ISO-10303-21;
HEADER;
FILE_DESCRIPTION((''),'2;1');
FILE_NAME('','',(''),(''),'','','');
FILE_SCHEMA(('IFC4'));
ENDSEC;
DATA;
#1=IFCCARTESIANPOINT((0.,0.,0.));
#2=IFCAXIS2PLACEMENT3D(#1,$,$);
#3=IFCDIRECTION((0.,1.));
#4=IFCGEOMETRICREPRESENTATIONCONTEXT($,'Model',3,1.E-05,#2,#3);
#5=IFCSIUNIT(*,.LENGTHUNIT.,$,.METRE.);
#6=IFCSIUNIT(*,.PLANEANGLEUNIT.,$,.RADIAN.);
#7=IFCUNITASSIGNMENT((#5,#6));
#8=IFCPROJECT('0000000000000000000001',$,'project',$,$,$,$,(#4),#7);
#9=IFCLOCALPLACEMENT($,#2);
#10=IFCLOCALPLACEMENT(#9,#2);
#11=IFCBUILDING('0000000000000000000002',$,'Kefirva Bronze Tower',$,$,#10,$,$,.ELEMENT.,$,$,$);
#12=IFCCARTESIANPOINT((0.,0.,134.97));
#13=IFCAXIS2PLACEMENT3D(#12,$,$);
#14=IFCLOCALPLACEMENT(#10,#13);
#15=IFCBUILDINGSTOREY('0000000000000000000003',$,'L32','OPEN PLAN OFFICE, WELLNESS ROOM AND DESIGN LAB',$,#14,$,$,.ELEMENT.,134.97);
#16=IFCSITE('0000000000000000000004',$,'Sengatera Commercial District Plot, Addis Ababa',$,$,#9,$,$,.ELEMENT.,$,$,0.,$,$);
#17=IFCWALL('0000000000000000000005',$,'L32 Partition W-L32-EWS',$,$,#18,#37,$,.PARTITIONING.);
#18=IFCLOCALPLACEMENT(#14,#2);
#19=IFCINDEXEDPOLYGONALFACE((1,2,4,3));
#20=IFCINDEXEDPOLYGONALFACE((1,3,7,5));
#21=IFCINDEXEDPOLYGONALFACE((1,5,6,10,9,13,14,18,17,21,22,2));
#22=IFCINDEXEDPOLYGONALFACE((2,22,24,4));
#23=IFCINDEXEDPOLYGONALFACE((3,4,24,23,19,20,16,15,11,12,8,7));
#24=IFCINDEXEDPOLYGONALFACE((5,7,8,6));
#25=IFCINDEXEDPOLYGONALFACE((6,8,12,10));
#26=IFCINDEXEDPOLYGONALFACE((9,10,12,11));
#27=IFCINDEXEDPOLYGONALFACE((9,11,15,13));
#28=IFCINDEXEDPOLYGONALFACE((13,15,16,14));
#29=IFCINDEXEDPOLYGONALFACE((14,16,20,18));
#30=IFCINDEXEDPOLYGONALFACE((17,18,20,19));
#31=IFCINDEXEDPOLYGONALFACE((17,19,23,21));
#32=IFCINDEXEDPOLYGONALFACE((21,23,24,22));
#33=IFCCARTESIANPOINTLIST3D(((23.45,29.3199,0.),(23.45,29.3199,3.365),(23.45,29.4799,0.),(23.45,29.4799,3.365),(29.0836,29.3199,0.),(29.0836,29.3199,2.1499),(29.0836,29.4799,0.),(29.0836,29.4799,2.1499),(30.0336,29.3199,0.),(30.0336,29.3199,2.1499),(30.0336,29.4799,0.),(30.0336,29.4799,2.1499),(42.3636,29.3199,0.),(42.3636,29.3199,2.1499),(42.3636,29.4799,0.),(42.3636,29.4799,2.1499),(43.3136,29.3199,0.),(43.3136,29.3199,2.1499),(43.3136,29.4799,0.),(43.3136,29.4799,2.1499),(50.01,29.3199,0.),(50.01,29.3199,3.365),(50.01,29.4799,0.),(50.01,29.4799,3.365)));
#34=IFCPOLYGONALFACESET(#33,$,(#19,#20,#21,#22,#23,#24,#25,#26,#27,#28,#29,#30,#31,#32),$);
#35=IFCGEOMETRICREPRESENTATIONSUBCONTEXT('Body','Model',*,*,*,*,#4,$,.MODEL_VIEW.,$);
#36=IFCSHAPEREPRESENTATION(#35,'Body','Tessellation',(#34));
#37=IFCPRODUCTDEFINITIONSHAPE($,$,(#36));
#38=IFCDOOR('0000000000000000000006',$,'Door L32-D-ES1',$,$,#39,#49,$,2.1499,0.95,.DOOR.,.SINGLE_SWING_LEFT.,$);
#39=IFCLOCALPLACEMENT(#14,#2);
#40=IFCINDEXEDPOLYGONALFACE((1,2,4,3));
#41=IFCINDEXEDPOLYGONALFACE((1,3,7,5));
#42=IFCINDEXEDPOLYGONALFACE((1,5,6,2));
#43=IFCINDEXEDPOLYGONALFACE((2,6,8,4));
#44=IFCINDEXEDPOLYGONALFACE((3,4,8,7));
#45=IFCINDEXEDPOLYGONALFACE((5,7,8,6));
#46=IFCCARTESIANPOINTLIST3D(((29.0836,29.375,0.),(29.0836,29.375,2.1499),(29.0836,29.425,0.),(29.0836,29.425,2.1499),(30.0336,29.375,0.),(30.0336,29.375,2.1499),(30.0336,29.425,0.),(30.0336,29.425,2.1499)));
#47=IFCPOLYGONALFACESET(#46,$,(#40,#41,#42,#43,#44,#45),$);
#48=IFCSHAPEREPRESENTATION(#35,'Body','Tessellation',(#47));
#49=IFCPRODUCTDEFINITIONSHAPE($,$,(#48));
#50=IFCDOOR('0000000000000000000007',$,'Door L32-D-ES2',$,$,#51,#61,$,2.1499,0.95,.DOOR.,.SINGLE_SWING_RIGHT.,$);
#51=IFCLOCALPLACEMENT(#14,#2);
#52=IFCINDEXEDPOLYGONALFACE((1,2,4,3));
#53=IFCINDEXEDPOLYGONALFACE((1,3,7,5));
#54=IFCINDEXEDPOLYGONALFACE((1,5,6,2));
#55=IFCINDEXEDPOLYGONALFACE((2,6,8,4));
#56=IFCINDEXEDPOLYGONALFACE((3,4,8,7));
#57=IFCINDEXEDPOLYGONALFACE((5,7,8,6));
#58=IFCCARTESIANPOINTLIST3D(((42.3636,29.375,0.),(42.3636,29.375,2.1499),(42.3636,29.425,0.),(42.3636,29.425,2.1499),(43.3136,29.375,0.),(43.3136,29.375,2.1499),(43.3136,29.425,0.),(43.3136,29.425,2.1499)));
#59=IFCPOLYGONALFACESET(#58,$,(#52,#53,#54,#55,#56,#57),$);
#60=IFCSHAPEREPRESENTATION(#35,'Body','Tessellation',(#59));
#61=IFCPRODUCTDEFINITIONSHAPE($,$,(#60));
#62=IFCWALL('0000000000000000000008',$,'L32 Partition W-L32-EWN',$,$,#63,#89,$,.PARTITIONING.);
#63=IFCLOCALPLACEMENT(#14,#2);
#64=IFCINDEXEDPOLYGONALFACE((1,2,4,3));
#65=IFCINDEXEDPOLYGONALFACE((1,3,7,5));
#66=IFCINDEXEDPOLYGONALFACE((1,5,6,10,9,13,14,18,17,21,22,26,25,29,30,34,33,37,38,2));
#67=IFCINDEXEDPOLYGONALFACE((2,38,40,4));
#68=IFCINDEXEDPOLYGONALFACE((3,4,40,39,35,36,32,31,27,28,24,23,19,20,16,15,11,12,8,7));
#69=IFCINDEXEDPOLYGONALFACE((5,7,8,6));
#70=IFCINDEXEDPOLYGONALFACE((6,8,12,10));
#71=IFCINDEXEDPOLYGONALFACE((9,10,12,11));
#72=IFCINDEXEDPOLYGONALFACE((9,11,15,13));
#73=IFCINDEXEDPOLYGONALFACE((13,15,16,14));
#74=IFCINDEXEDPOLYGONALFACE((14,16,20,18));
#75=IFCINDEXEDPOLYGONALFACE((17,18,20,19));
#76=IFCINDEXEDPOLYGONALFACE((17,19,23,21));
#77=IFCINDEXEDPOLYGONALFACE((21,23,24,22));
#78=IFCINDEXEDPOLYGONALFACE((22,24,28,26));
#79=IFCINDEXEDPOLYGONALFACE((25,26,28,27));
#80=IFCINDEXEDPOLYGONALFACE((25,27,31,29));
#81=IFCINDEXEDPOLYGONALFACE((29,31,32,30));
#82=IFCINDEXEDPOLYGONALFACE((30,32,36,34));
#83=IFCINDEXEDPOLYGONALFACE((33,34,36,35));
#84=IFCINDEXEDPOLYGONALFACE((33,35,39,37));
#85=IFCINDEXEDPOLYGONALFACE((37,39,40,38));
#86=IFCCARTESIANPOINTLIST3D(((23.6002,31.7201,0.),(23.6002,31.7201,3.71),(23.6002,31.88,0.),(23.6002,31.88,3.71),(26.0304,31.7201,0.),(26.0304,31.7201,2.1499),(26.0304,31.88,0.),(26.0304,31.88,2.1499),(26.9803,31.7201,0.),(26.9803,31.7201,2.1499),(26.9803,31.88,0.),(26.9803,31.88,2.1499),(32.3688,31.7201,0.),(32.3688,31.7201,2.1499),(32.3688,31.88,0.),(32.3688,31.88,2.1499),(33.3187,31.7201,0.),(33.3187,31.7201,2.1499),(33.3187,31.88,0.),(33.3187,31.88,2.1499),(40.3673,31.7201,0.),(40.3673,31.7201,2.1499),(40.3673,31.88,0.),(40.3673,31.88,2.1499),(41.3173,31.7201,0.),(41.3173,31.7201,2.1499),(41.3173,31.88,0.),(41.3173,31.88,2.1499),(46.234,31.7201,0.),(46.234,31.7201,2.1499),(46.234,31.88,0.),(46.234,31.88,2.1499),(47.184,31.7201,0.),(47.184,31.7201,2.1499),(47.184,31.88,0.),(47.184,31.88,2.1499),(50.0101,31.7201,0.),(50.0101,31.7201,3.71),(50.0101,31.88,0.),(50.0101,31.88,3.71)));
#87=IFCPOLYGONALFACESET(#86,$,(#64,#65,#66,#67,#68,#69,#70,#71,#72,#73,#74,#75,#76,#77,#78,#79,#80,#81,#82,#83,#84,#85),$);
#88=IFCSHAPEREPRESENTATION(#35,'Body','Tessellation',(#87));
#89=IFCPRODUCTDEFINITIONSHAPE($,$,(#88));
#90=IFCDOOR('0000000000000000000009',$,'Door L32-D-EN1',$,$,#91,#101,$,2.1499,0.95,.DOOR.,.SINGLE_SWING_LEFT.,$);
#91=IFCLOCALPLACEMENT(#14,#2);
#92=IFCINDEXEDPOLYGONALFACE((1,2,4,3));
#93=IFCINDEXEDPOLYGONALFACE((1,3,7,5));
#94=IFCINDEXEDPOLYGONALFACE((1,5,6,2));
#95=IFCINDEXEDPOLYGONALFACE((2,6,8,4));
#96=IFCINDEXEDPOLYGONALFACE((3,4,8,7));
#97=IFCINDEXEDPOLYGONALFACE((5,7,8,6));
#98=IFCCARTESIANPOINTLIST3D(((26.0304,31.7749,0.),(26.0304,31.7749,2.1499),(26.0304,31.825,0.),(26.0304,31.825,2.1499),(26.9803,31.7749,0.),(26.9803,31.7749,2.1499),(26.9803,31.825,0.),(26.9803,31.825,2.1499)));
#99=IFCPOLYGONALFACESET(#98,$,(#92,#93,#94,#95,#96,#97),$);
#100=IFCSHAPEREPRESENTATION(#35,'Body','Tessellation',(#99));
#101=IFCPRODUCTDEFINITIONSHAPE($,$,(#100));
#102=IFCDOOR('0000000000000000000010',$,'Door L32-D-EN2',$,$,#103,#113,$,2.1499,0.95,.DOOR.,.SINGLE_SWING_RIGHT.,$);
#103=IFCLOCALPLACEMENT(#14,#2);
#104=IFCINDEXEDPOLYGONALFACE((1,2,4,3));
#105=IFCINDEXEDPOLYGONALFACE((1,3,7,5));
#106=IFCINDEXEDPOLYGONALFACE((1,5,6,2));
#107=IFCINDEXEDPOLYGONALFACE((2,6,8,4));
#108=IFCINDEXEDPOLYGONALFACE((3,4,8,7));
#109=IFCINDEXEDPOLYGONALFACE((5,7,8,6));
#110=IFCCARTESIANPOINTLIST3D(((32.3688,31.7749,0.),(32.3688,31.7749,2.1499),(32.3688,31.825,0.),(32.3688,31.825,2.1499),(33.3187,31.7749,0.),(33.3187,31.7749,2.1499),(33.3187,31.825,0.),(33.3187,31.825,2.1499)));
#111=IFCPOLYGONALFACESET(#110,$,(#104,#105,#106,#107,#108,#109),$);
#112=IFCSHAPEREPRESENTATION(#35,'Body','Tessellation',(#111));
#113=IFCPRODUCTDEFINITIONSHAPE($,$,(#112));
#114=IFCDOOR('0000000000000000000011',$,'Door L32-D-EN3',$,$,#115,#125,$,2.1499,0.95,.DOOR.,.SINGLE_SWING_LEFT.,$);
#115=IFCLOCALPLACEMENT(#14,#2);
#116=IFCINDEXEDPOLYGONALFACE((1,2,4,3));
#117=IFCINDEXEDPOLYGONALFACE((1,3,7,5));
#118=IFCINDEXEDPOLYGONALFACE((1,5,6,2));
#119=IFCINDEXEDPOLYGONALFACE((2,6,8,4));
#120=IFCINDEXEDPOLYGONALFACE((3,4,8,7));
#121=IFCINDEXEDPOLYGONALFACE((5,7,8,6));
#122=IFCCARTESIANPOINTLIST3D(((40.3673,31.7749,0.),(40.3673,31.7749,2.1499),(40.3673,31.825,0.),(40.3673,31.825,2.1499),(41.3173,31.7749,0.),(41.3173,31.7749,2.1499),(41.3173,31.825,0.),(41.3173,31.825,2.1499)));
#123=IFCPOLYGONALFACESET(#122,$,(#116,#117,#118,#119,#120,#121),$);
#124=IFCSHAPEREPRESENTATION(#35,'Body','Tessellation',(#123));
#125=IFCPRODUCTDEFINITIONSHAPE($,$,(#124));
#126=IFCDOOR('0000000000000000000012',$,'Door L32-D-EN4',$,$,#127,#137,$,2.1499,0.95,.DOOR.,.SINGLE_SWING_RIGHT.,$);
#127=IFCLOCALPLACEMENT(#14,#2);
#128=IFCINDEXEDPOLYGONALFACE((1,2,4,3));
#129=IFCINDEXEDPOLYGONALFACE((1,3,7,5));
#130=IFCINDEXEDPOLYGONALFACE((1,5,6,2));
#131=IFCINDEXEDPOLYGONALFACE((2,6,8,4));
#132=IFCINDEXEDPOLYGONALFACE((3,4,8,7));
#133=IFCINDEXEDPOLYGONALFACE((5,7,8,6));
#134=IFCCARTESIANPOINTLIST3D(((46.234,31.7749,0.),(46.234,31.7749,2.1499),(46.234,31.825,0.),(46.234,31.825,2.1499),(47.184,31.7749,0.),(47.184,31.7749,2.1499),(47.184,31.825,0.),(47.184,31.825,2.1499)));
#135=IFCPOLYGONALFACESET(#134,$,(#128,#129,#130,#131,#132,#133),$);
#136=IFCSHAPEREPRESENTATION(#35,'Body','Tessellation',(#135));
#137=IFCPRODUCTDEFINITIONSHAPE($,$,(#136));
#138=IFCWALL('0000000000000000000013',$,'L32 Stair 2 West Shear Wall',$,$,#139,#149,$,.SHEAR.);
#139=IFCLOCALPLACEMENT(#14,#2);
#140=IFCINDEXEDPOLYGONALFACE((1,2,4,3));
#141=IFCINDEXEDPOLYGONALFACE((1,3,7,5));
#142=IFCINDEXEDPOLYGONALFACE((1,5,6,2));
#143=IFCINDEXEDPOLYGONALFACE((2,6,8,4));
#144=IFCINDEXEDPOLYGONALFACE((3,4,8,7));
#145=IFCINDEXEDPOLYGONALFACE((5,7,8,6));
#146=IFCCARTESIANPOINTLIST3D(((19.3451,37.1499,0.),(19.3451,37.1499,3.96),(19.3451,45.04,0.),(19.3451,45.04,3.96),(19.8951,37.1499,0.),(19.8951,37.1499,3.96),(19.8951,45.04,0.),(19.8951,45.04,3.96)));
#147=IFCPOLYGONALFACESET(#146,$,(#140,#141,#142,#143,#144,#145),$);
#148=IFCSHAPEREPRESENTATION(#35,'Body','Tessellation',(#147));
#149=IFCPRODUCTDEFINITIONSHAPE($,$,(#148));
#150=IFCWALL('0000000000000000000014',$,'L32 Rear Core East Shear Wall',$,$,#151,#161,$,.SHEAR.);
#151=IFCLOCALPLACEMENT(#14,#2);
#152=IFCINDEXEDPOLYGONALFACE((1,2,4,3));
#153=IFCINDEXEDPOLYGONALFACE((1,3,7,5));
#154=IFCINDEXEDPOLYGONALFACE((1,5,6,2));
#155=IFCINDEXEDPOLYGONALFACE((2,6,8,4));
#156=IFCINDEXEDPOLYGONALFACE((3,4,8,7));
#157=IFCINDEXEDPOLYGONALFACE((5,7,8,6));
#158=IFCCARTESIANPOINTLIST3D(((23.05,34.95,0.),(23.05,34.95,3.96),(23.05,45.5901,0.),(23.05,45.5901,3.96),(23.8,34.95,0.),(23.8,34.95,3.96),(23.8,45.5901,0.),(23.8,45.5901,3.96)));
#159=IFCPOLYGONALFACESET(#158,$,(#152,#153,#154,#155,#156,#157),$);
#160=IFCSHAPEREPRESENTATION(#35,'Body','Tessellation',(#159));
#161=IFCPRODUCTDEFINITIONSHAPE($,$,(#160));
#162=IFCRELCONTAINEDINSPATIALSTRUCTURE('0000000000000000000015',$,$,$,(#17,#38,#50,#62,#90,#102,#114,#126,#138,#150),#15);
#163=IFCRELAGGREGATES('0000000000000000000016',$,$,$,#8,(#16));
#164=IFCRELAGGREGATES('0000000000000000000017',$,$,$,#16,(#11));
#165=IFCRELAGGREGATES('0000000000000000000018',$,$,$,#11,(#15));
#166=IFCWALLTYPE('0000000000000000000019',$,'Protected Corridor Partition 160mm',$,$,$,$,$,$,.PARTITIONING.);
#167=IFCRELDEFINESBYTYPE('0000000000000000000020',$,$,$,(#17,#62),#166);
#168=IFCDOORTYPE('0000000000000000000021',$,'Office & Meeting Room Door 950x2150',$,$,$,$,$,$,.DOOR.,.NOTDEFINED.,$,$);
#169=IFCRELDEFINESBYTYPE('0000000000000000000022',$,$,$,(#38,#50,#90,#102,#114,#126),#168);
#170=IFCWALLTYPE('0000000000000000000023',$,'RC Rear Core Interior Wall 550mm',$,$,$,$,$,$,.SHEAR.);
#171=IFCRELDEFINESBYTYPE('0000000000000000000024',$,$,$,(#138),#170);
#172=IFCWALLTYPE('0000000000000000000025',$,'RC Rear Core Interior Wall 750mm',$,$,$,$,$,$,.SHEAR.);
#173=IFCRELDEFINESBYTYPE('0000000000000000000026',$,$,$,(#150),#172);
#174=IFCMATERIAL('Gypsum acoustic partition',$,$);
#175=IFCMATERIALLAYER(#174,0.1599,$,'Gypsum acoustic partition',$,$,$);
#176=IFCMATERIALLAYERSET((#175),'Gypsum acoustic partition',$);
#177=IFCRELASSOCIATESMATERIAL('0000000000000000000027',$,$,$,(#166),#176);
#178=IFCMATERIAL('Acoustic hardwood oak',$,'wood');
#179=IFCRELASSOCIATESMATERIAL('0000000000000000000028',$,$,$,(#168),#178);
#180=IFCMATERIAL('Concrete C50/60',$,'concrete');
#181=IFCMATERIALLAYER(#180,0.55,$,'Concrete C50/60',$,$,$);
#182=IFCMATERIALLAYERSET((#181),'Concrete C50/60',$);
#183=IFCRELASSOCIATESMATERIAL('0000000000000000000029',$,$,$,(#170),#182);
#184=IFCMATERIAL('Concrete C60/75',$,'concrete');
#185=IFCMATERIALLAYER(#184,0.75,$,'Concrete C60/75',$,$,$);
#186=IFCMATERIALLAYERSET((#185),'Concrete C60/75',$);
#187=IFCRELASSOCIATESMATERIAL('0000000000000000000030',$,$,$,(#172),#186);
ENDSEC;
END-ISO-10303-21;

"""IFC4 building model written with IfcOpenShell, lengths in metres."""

from ifc_helpers import new_model, si_unit, direction, frame, frame_2d, origin, place, context, subcontext, project, spatial, rectangle, extrude, material, layer, layer_set, type_object, element, fill, save


model = new_model("IFC4")

# Units and contexts
model_context = context("Model", 3, precision=1e-05, world=origin(), true_north=direction((0.0, 1.0)))
body_context = subcontext(model_context, "Body", "Model", "MODEL_VIEW")
ifc_project = project(units=[si_unit("LENGTHUNIT", "METRE"), si_unit("PLANEANGLEUNIT", "RADIAN")], contexts=[model_context])

# Site, building, storey
site_placement = place(None, origin())
site = spatial("IfcSite", under=ifc_project, at=site_placement, Name="Sengatera Commercial District Plot, Addis Ababa", CompositionType="ELEMENT", RefElevation=0.0)
building_placement = place(site_placement, origin())
building = spatial("IfcBuilding", under=site, at=building_placement, Name="Kefirva Bronze Tower", CompositionType="ELEMENT")
storey_placement = place(building_placement, frame((0.0, 0.0, 134.97)))
storey = spatial("IfcBuildingStorey", under=building, at=storey_placement, Name="L32", Description="OPEN PLAN OFFICE, WELLNESS ROOM AND DESIGN LAB", CompositionType="ELEMENT", Elevation=134.97)

# Shared definitions
ifc_material_1 = material(Name="Concrete C60/75", Category="concrete")

# Walls, openings, doors
ifc_material_2 = material(Name="Gypsum acoustic partition")
ifc_layer_1 = layer(ifc_material_2, 0.1599, Name="Gypsum acoustic partition")
ifc_layer_set_1 = layer_set([ifc_layer_1], Name="Gypsum acoustic partition")
wall_type_1 = type_object("IfcWallType", Name="Protected Corridor Partition 160mm", PredefinedType="PARTITIONING", material=ifc_layer_set_1)
wall_1_placement = place(storey_placement, frame((23.45, 29.3999, 0.0), z_axis=(0.0, 0.0, 1.0), x_axis=(1.0, 0.0, 0.0)))
wall_1 = element("IfcWall", 1, at=wall_1_placement, inside=storey, type_object=wall_type_1, Name="L32 Partition W-L32-EWS", PredefinedType="PARTITIONING", context=body_context, shape_type="SweptSolid", body=[
    extrude(rectangle(XDim=26.5601, YDim=0.1599, at=frame_2d((13.28, 0.0))), origin(), (0.0, 0.0, 1.0), 3.365),
])
opening_1_placement = place(wall_1_placement, frame((6.5837, 0.0, 0.0), z_axis=(0.0, 0.0, 1.0), x_axis=(-1.0, 0.0, 0.0)))
opening_1 = element("IfcOpeningElement", 2, at=opening_1_placement, cuts=wall_1, PredefinedType="OPENING", context=body_context, shape_type="SweptSolid", body=[
    extrude(rectangle(XDim=0.95, YDim=2.1499, at=frame_2d((0.4751, 1.075))), frame((0.0, 0.0898, 0.0), z_axis=(0.0, -1.0, 0.0), x_axis=(1.0, 0.0, 0.0)), (0.0, 0.0, 1.0), 0.1799),
])
opening_2_placement = place(wall_1_placement, frame((19.8638, 0.0, 0.0), z_axis=(0.0, 0.0, 1.0), x_axis=(-1.0, 0.0, 0.0)))
opening_2 = element("IfcOpeningElement", 3, at=opening_2_placement, cuts=wall_1, PredefinedType="OPENING", context=body_context, shape_type="SweptSolid", body=[
    extrude(rectangle(XDim=0.95, YDim=2.1499, at=frame_2d((0.4751, 1.075))), frame((0.0, 0.0898, 0.0), z_axis=(0.0, -1.0, 0.0), x_axis=(1.0, 0.0, 0.0)), (0.0, 0.0, 1.0), 0.1799),
])
ifc_material_3 = material(Name="Acoustic hardwood oak", Category="wood")
door_type_1 = type_object("IfcDoorType", Name="Office & Meeting Room Door 950x2150", OperationType="NOTDEFINED", PredefinedType="DOOR", material=ifc_material_3)
door_1_placement = place(opening_1_placement, origin())
door_1 = element("IfcDoor", 4, at=door_1_placement, inside=storey, type_object=door_type_1, Name="Door L32-D-ES1", OperationType="SINGLE_SWING_LEFT", OverallHeight=2.1499, OverallWidth=0.95, PredefinedType="DOOR", context=body_context, shape_type="SweptSolid", body=[
    extrude(rectangle(XDim=0.95, YDim=2.1499, at=frame_2d((0.4751, 1.075))), frame((0.0, 0.0249, 0.0), z_axis=(0.0, -1.0, 0.0), x_axis=(1.0, 0.0, 0.0)), (0.0, 0.0, 1.0), 0.05),
])
fill(opening_1, door_1)
door_2_placement = place(opening_2_placement, origin())
door_2 = element("IfcDoor", 5, at=door_2_placement, inside=storey, type_object=door_type_1, Name="Door L32-D-ES2", OperationType="SINGLE_SWING_RIGHT", OverallHeight=2.1499, OverallWidth=0.95, PredefinedType="DOOR", context=body_context, shape_type="SweptSolid", body=[
    extrude(rectangle(XDim=0.95, YDim=2.1499, at=frame_2d((0.4751, 1.075))), frame((0.0, 0.0249, 0.0), z_axis=(0.0, -1.0, 0.0), x_axis=(1.0, 0.0, 0.0)), (0.0, 0.0, 1.0), 0.05),
])
fill(opening_2, door_2)
wall_2_placement = place(storey_placement, frame((23.6001, 31.8, 0.0), z_axis=(0.0, 0.0, 1.0), x_axis=(1.0, 0.0, 0.0)))
wall_2 = element("IfcWall", 6, at=wall_2_placement, inside=storey, type_object=wall_type_1, Name="L32 Partition W-L32-EWN", PredefinedType="PARTITIONING", context=body_context, shape_type="SweptSolid", body=[
    extrude(rectangle(XDim=26.4099, YDim=0.1599, at=frame_2d((13.2051, 0.0))), origin(), (0.0, 0.0, 1.0), 3.71),
])
opening_3_placement = place(wall_2_placement, frame((2.4302, 0.0, 0.0)))
opening_3 = element("IfcOpeningElement", 7, at=opening_3_placement, cuts=wall_2, PredefinedType="OPENING", context=body_context, shape_type="SweptSolid", body=[
    extrude(rectangle(XDim=0.95, YDim=2.1499, at=frame_2d((0.4751, 1.075))), frame((0.0, 0.0898, 0.0), z_axis=(0.0, -1.0, 0.0), x_axis=(1.0, 0.0, 0.0)), (0.0, 0.0, 1.0), 0.1799),
])
opening_4_placement = place(wall_2_placement, frame((8.7686, 0.0, 0.0)))
opening_4 = element("IfcOpeningElement", 8, at=opening_4_placement, cuts=wall_2, PredefinedType="OPENING", context=body_context, shape_type="SweptSolid", body=[
    extrude(rectangle(XDim=0.95, YDim=2.1499, at=frame_2d((0.4751, 1.075))), frame((0.0, 0.0898, 0.0), z_axis=(0.0, -1.0, 0.0), x_axis=(1.0, 0.0, 0.0)), (0.0, 0.0, 1.0), 0.1799),
])
opening_5_placement = place(wall_2_placement, frame((16.7671, 0.0, 0.0)))
opening_5 = element("IfcOpeningElement", 9, at=opening_5_placement, cuts=wall_2, PredefinedType="OPENING", context=body_context, shape_type="SweptSolid", body=[
    extrude(rectangle(XDim=0.95, YDim=2.1499, at=frame_2d((0.4751, 1.075))), frame((0.0, 0.0898, 0.0), z_axis=(0.0, -1.0, 0.0), x_axis=(1.0, 0.0, 0.0)), (0.0, 0.0, 1.0), 0.1799),
])
opening_6_placement = place(wall_2_placement, frame((22.6338, 0.0, 0.0)))
opening_6 = element("IfcOpeningElement", 10, at=opening_6_placement, cuts=wall_2, PredefinedType="OPENING", context=body_context, shape_type="SweptSolid", body=[
    extrude(rectangle(XDim=0.95, YDim=2.1499, at=frame_2d((0.4751, 1.075))), frame((0.0, 0.0898, 0.0), z_axis=(0.0, -1.0, 0.0), x_axis=(1.0, 0.0, 0.0)), (0.0, 0.0, 1.0), 0.1799),
])
door_3_placement = place(opening_3_placement, origin())
door_3 = element("IfcDoor", 11, at=door_3_placement, inside=storey, type_object=door_type_1, Name="Door L32-D-EN1", OperationType="SINGLE_SWING_LEFT", OverallHeight=2.1499, OverallWidth=0.95, PredefinedType="DOOR", context=body_context, shape_type="SweptSolid", body=[
    extrude(rectangle(XDim=0.95, YDim=2.1499, at=frame_2d((0.4751, 1.075))), frame((0.0, 0.0249, 0.0), z_axis=(0.0, -1.0, 0.0), x_axis=(1.0, 0.0, 0.0)), (0.0, 0.0, 1.0), 0.05),
])
fill(opening_3, door_3)
door_4_placement = place(opening_4_placement, origin())
door_4 = element("IfcDoor", 12, at=door_4_placement, inside=storey, type_object=door_type_1, Name="Door L32-D-EN2", OperationType="SINGLE_SWING_RIGHT", OverallHeight=2.1499, OverallWidth=0.95, PredefinedType="DOOR", context=body_context, shape_type="SweptSolid", body=[
    extrude(rectangle(XDim=0.95, YDim=2.1499, at=frame_2d((0.4751, 1.075))), frame((0.0, 0.0249, 0.0), z_axis=(0.0, -1.0, 0.0), x_axis=(1.0, 0.0, 0.0)), (0.0, 0.0, 1.0), 0.05),
])
fill(opening_4, door_4)
door_5_placement = place(opening_5_placement, origin())
door_5 = element("IfcDoor", 13, at=door_5_placement, inside=storey, type_object=door_type_1, Name="Door L32-D-EN3", OperationType="SINGLE_SWING_LEFT", OverallHeight=2.1499, OverallWidth=0.95, PredefinedType="DOOR", context=body_context, shape_type="SweptSolid", body=[
    extrude(rectangle(XDim=0.95, YDim=2.1499, at=frame_2d((0.4751, 1.075))), frame((0.0, 0.0249, 0.0), z_axis=(0.0, -1.0, 0.0), x_axis=(1.0, 0.0, 0.0)), (0.0, 0.0, 1.0), 0.05),
])
fill(opening_5, door_5)
door_6_placement = place(opening_6_placement, origin())
door_6 = element("IfcDoor", 14, at=door_6_placement, inside=storey, type_object=door_type_1, Name="Door L32-D-EN4", OperationType="SINGLE_SWING_RIGHT", OverallHeight=2.1499, OverallWidth=0.95, PredefinedType="DOOR", context=body_context, shape_type="SweptSolid", body=[
    extrude(rectangle(XDim=0.95, YDim=2.1499, at=frame_2d((0.4751, 1.075))), frame((0.0, 0.0249, 0.0), z_axis=(0.0, -1.0, 0.0), x_axis=(1.0, 0.0, 0.0)), (0.0, 0.0, 1.0), 0.05),
])
fill(opening_6, door_6)

# Walls
ifc_material_4 = material(Name="Concrete C50/60", Category="concrete")
ifc_layer_2 = layer(ifc_material_4, 0.55, Name="Concrete C50/60")
ifc_layer_set_2 = layer_set([ifc_layer_2], Name="Concrete C50/60")
wall_type_2 = type_object("IfcWallType", Name="RC Rear Core Interior Wall 550mm", PredefinedType="SHEAR", material=ifc_layer_set_2)
wall_3_placement = place(storey_placement, frame((19.6201, 37.1499, 0.0), z_axis=(0.0, 0.0, 1.0), x_axis=(0.0, 1.0, 0.0)))
element("IfcWall", 15, at=wall_3_placement, inside=storey, type_object=wall_type_2, Name="L32 Stair 2 West Shear Wall", PredefinedType="SHEAR", context=body_context, shape_type="SweptSolid", body=[
    extrude(rectangle(XDim=7.8901, YDim=0.55, at=frame_2d((3.9451, 0.0))), origin(), (0.0, 0.0, 1.0), 3.96),
])
ifc_layer_3 = layer(ifc_material_1, 0.75, Name="Concrete C60/75")
ifc_layer_set_3 = layer_set([ifc_layer_3], Name="Concrete C60/75")
wall_type_3 = type_object("IfcWallType", Name="RC Rear Core Interior Wall 750mm", PredefinedType="SHEAR", material=ifc_layer_set_3)
wall_4_placement = place(storey_placement, frame((23.425, 34.95, 0.0), z_axis=(0.0, 0.0, 1.0), x_axis=(0.0, 1.0, 0.0)))
element("IfcWall", 16, at=wall_4_placement, inside=storey, type_object=wall_type_3, Name="L32 Rear Core East Shear Wall", PredefinedType="SHEAR", context=body_context, shape_type="SweptSolid", body=[
    extrude(rectangle(XDim=10.6401, YDim=0.75, at=frame_2d((5.3201, 0.0))), origin(), (0.0, 0.0, 1.0), 3.96),
])

save(model, "model.ifc")
